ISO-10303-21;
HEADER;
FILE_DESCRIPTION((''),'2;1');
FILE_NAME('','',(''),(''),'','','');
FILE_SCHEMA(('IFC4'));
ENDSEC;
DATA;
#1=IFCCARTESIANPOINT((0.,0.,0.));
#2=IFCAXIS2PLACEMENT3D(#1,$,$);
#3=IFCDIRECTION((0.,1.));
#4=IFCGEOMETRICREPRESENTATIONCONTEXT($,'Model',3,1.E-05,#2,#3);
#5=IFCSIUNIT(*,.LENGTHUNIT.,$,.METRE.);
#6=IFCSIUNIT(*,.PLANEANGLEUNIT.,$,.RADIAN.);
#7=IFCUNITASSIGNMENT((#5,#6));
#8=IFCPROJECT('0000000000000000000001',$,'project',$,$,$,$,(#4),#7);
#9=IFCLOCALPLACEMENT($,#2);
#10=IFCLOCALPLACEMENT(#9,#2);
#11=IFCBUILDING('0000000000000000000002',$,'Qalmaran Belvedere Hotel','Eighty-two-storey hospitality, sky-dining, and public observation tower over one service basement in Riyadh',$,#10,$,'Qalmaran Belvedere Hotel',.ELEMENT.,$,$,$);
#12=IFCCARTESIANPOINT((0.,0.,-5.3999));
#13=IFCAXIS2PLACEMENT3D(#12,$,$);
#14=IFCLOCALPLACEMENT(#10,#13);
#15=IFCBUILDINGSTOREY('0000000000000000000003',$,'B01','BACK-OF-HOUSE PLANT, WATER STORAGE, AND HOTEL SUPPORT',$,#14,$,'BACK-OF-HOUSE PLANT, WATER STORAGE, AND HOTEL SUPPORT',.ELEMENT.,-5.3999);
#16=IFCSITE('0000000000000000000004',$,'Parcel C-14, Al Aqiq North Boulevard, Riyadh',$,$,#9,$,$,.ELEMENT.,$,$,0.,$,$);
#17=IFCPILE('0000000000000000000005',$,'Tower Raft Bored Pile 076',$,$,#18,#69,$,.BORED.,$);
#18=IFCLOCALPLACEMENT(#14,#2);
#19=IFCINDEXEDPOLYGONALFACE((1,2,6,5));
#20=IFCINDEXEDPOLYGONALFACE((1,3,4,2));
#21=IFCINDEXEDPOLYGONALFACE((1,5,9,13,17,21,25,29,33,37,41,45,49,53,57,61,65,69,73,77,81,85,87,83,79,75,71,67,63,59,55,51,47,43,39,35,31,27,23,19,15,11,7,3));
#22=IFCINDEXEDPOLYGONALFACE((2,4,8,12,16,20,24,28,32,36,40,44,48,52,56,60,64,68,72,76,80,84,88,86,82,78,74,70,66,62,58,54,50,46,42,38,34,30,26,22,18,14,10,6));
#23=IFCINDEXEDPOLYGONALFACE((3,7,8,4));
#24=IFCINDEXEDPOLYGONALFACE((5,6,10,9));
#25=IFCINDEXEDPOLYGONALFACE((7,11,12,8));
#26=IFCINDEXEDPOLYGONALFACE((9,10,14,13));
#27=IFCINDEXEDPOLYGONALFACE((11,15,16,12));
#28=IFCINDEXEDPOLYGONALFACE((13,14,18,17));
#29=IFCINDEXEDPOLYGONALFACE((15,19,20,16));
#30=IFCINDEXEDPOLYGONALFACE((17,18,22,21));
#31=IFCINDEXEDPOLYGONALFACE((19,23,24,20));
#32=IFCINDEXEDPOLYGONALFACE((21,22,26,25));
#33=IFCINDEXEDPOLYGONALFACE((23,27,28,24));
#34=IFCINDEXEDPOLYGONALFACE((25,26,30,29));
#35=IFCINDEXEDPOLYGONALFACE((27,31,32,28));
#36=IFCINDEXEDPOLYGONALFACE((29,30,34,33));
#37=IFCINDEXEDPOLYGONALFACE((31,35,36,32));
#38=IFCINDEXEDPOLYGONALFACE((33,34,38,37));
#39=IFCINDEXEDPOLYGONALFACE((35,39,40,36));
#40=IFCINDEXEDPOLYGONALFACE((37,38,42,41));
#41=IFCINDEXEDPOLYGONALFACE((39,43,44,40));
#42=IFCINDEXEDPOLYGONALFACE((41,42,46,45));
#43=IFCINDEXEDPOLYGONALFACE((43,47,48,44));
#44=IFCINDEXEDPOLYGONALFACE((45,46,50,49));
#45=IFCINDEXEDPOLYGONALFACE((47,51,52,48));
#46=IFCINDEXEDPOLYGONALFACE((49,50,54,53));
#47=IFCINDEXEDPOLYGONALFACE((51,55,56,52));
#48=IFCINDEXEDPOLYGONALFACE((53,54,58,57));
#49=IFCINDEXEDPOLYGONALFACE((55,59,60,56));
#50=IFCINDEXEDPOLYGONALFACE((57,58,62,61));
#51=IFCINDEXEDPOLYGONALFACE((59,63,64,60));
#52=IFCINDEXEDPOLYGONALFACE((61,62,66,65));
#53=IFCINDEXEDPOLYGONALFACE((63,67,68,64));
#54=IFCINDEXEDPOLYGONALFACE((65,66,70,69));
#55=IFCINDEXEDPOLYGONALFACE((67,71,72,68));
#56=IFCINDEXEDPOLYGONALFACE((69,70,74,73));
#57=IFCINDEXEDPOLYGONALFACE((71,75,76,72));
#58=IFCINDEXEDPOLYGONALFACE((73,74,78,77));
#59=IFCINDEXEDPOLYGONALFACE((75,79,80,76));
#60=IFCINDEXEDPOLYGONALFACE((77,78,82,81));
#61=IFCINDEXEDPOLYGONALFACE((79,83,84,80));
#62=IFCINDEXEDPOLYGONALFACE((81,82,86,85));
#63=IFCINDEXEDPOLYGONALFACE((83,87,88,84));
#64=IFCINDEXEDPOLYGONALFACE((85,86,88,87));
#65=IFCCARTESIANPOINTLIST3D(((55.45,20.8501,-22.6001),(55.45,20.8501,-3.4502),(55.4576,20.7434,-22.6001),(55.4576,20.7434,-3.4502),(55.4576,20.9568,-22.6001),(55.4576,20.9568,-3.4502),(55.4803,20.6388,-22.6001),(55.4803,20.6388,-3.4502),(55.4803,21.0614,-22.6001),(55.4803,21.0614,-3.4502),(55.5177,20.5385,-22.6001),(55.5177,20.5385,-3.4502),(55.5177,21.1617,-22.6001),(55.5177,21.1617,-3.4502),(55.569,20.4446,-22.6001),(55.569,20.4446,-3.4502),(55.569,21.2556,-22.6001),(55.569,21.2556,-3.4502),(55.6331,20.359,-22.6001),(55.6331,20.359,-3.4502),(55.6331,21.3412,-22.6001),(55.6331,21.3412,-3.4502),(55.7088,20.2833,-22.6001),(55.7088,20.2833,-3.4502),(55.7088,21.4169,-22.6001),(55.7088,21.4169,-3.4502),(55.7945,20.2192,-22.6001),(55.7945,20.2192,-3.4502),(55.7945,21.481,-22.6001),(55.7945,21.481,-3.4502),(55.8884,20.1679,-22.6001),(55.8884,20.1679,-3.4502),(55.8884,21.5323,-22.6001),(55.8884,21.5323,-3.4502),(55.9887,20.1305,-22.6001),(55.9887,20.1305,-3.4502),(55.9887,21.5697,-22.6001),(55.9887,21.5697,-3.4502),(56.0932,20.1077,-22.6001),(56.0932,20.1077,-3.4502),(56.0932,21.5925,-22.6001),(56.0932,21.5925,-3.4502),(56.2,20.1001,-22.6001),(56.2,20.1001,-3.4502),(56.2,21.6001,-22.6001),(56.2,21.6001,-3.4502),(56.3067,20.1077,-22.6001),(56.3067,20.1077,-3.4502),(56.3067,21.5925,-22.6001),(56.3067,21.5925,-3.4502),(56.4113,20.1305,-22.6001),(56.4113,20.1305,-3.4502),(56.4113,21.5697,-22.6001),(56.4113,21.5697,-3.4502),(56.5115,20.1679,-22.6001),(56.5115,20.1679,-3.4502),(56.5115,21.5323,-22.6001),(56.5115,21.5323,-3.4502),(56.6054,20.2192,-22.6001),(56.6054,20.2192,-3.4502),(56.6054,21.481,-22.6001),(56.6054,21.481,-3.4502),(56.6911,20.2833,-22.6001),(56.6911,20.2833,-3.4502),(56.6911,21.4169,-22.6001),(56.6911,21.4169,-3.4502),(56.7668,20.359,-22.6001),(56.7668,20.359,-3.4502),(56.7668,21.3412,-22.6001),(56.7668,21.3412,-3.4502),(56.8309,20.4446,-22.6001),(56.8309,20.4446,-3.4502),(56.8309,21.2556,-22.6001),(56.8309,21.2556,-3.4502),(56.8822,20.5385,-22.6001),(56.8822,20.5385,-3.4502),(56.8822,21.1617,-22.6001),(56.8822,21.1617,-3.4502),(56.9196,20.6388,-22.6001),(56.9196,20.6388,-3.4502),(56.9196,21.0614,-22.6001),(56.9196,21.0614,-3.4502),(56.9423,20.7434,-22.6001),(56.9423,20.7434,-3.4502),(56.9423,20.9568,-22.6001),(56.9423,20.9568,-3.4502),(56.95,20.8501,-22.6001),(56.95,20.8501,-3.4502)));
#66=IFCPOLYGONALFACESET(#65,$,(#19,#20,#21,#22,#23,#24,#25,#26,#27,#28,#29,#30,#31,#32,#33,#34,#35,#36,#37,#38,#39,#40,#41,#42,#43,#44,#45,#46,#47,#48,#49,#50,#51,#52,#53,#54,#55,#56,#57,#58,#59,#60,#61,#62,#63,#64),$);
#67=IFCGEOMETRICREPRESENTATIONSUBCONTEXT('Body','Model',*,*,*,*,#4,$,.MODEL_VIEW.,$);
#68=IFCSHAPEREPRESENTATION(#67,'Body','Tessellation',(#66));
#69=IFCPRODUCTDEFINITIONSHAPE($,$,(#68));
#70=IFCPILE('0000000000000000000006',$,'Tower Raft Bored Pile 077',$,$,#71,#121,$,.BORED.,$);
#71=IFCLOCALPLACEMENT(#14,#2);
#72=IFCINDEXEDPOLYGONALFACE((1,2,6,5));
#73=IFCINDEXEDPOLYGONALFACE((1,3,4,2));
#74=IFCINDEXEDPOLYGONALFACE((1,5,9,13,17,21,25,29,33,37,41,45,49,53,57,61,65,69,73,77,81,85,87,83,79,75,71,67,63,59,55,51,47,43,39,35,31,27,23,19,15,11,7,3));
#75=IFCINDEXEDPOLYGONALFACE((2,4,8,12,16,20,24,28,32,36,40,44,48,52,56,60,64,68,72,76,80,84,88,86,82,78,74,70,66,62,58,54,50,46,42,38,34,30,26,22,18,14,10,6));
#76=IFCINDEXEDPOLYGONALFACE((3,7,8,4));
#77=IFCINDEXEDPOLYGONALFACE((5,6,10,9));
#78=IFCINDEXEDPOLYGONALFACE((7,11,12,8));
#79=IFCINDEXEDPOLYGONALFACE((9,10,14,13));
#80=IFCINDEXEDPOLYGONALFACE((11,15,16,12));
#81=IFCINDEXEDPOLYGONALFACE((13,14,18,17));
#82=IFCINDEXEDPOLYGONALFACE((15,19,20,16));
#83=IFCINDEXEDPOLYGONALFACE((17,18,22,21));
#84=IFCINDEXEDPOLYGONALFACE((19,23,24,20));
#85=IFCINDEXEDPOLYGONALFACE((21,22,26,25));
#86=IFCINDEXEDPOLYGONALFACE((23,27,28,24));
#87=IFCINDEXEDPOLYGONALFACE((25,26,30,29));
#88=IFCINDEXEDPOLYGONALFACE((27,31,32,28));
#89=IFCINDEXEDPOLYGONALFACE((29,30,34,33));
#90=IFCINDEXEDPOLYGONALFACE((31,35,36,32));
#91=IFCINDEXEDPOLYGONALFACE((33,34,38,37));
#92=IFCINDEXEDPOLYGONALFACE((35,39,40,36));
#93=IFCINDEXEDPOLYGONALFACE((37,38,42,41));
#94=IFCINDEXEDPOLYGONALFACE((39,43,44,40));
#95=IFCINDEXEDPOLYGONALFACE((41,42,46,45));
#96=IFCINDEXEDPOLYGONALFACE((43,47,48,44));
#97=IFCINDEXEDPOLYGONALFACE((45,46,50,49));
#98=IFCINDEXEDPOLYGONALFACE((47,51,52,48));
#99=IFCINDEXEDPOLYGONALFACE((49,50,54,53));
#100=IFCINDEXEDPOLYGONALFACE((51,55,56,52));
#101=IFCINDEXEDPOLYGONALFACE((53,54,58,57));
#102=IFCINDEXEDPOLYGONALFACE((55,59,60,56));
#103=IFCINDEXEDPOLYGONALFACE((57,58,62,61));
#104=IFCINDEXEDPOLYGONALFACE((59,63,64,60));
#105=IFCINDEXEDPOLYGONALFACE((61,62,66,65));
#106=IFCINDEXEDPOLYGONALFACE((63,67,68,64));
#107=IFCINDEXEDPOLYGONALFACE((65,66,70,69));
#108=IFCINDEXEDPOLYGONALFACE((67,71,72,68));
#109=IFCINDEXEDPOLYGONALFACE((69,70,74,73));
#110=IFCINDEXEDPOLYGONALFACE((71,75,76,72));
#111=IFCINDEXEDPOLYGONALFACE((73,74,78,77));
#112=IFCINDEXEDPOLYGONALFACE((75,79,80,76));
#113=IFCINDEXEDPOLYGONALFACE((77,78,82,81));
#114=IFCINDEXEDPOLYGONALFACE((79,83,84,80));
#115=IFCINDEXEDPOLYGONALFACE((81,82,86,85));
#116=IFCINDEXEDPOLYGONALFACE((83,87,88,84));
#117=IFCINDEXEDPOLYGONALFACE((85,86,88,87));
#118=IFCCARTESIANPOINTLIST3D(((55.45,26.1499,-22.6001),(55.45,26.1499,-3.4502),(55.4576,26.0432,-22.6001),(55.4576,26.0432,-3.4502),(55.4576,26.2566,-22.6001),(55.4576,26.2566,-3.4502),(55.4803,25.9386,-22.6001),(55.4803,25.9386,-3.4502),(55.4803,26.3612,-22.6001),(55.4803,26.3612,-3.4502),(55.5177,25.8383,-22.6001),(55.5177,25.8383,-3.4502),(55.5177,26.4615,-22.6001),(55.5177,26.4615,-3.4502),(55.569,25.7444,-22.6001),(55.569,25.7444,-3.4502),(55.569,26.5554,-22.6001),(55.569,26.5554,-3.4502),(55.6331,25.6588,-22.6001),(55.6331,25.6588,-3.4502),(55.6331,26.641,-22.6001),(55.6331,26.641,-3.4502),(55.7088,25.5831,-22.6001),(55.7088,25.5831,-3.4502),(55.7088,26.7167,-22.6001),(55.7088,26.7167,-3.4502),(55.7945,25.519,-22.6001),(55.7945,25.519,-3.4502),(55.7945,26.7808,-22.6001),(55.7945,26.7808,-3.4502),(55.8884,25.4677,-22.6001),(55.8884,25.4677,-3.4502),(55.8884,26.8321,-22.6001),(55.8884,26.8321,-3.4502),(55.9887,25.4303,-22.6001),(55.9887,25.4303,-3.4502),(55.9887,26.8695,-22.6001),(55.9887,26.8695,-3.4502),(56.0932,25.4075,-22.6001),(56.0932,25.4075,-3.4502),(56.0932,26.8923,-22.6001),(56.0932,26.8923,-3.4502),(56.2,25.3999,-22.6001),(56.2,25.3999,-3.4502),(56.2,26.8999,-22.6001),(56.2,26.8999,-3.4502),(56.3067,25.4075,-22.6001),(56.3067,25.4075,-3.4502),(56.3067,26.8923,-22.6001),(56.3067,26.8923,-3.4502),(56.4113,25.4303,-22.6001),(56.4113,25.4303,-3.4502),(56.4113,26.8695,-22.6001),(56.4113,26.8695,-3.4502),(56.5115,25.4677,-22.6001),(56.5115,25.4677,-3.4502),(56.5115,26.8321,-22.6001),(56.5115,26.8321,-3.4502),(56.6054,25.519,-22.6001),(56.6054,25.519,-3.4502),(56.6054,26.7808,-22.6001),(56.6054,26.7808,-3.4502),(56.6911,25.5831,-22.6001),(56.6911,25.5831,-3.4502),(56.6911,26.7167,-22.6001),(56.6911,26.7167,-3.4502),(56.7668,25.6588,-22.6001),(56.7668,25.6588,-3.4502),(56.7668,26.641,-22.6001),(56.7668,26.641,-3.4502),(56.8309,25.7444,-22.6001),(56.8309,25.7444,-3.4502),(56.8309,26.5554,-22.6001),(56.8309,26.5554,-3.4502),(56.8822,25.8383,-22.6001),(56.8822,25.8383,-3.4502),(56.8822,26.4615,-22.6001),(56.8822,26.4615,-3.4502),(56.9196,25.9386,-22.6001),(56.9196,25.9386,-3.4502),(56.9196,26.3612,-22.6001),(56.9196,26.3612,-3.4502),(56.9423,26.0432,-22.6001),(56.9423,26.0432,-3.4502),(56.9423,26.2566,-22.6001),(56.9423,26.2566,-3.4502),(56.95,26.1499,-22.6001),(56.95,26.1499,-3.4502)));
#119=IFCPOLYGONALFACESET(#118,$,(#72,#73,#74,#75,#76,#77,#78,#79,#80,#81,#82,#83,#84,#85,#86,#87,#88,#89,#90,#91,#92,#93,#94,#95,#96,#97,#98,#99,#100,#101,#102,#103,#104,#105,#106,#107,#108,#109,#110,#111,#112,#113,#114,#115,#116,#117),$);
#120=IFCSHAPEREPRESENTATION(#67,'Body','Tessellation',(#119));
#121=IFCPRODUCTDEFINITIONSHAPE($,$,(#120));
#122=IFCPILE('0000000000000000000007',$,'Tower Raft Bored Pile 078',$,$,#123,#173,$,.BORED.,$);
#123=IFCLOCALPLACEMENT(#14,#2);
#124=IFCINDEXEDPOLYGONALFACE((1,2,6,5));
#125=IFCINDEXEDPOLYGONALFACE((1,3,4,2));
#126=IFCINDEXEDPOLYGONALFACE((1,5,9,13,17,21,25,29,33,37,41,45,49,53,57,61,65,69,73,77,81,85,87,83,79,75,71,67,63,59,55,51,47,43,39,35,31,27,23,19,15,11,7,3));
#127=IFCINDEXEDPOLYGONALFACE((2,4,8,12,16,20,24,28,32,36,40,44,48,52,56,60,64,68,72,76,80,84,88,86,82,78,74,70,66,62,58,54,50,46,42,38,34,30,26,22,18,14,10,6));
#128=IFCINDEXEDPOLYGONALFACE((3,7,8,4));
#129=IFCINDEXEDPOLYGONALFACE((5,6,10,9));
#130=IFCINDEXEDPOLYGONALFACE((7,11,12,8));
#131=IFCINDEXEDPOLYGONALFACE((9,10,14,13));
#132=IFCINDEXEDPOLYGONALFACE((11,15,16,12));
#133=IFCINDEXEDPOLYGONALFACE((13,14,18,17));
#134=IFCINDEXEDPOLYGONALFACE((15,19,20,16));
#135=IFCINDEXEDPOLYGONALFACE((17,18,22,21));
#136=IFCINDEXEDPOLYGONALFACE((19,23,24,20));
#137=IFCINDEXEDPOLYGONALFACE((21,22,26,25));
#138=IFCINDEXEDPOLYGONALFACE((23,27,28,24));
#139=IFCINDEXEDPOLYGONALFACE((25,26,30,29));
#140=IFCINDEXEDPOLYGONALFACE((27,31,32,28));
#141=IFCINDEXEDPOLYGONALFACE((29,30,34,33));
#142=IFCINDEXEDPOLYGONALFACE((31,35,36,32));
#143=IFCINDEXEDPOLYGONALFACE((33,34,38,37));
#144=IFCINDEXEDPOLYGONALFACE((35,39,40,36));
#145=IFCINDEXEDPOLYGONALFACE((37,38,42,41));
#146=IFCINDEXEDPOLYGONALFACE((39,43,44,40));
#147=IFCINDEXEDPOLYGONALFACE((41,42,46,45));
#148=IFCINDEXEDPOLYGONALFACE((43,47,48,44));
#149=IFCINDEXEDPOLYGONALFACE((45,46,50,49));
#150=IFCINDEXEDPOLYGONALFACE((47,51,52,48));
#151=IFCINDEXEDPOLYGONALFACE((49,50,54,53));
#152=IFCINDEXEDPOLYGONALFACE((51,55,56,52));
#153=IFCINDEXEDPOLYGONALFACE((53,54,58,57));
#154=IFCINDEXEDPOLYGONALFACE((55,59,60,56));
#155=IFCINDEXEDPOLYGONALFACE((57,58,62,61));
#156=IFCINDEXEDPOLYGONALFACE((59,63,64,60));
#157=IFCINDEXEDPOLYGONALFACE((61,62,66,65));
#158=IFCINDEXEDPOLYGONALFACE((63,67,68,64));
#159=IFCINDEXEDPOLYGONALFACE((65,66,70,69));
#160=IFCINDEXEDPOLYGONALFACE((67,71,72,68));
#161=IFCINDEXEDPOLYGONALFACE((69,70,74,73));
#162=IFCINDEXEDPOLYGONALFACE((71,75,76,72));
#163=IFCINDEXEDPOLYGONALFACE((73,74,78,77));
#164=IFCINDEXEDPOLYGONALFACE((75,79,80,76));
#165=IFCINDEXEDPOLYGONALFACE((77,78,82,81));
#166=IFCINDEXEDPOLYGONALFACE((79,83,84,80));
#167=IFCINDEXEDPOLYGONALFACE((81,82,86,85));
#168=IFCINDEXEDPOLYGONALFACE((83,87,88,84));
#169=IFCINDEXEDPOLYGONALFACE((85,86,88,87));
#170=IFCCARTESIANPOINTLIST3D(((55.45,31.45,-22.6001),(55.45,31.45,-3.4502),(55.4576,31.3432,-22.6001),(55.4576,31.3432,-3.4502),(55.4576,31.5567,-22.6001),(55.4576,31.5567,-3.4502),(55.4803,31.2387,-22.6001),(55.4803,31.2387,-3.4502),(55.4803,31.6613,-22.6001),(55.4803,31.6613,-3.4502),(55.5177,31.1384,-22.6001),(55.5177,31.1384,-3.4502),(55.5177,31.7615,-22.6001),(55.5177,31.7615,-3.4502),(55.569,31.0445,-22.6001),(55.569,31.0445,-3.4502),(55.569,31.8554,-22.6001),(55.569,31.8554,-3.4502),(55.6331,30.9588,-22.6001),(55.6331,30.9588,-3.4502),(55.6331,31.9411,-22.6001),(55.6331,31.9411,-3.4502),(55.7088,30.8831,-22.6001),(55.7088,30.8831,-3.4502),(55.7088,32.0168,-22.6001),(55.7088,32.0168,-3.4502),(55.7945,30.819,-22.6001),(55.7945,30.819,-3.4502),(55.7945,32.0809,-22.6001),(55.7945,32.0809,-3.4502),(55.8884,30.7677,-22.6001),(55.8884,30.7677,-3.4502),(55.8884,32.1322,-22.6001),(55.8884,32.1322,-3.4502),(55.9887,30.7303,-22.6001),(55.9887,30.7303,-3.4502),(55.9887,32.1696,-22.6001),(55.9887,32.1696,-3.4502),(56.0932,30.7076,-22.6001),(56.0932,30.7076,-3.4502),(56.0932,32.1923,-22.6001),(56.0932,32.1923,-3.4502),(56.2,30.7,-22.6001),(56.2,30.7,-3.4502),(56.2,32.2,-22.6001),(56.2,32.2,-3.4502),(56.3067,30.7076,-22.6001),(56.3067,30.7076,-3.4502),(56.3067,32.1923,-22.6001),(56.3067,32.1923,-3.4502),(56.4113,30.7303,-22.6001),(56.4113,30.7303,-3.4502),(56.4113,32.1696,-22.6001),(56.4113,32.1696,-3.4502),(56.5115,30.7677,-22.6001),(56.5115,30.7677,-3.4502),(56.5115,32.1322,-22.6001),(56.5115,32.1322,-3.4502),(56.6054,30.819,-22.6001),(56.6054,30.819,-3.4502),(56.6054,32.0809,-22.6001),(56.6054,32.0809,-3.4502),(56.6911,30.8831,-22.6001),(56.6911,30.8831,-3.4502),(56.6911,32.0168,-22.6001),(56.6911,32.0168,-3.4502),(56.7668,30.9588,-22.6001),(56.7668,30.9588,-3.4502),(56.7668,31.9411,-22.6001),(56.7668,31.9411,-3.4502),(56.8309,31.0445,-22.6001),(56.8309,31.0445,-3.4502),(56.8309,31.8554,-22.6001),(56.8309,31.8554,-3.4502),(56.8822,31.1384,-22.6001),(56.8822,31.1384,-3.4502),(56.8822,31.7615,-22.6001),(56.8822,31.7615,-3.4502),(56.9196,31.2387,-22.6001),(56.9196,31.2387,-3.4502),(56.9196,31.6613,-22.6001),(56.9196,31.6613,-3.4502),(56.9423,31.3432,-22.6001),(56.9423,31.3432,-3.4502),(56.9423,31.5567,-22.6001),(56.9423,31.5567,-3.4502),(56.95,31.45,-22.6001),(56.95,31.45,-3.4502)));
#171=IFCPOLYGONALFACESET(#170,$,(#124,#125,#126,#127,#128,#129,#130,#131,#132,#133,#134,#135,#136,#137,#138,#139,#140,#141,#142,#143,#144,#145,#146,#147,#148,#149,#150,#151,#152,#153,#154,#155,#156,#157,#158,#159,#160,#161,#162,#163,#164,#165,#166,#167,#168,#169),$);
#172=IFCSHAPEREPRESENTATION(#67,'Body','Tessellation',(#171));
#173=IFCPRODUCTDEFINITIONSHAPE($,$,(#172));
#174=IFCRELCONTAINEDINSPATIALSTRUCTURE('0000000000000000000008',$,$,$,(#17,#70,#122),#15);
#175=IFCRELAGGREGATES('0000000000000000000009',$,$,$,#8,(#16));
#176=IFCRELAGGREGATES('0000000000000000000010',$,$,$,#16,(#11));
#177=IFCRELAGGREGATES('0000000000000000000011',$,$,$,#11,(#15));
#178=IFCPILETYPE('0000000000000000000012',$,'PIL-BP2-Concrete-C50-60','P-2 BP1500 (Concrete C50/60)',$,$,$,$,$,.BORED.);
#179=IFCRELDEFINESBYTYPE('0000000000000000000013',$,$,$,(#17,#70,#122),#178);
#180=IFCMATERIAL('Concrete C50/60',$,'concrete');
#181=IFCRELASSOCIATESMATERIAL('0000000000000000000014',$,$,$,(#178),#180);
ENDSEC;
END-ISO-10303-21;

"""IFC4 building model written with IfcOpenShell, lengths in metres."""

from ifc_helpers import new_model, si_unit, direction, frame, origin, origin_2d, place, context, subcontext, project, spatial, circle, extrude, material, material_profile, profile_set, type_object, element, save


model = new_model("IFC4")

# Units and contexts
model_context = context("Model", 3, precision=1e-05, world=origin(), true_north=direction((0.0, 1.0)))
body_context = subcontext(model_context, "Body", "Model", "MODEL_VIEW")
ifc_project = project(units=[si_unit("LENGTHUNIT", "METRE"), si_unit("PLANEANGLEUNIT", "RADIAN")], contexts=[model_context])

# Site, building, storey
site_placement = place(None, origin())
site = spatial("IfcSite", under=ifc_project, at=site_placement, Name="Parcel C-14, Al Aqiq North Boulevard, Riyadh", CompositionType="ELEMENT", RefElevation=0.0)
building_placement = place(site_placement, origin())
building = spatial("IfcBuilding", under=site, at=building_placement, Name="Qalmaran Belvedere Hotel", Description="Eighty-two-storey hospitality, sky-dining, and public observation tower over one service basement in Riyadh", LongName="Qalmaran Belvedere Hotel", CompositionType="ELEMENT")
storey_placement = place(building_placement, frame((0.0, 0.0, -5.3999)))
storey = spatial("IfcBuildingStorey", under=building, at=storey_placement, Name="B01", Description="BACK-OF-HOUSE PLANT, WATER STORAGE, AND HOTEL SUPPORT", LongName="BACK-OF-HOUSE PLANT, WATER STORAGE, AND HOTEL SUPPORT", CompositionType="ELEMENT", Elevation=-5.3999)

# Shared definitions
ifc_material_1 = material(Name="Concrete C50/60", Category="concrete")

# Piles
ifc_material_profile_1 = material_profile(ifc_material_1, circle(Radius=0.75, at=origin_2d()), Name="BP1500")
ifc_profile_set_1 = profile_set([ifc_material_profile_1], Name="Concrete C50/60")
pile_type_1 = type_object("IfcPileType", Name="PIL-BP2-Concrete-C50-60", Description="P-2 BP1500 (Concrete C50/60)", PredefinedType="BORED", material=ifc_profile_set_1)
for number, where, z_axis, x_axis, name in (
    (1, (56.2, 20.8501, -3.4502), (0.0, 0.0, -1.0), (1.0, 0.0, 0.0), "Tower Raft Bored Pile 076"),
    (2, (56.2, 26.1499, -3.4502), (0.0, 0.0, -1.0), (1.0, 0.0, 0.0), "Tower Raft Bored Pile 077"),
    (3, (56.2, 31.45, -3.4502), (0.0, 0.0, -1.0), (1.0, 0.0, 0.0), "Tower Raft Bored Pile 078"),
):
    element("IfcPile", number, at=place(storey_placement, frame(where, z_axis=z_axis, x_axis=x_axis)), inside=storey, type_object=pile_type_1, Name=name, PredefinedType="BORED", context=body_context, shape_type="SweptSolid", body=[
        extrude(circle(Radius=0.75, at=origin_2d()), origin(), (0.0, 0.0, 1.0), 19.1499),
    ])

save(model, "model.ifc")
